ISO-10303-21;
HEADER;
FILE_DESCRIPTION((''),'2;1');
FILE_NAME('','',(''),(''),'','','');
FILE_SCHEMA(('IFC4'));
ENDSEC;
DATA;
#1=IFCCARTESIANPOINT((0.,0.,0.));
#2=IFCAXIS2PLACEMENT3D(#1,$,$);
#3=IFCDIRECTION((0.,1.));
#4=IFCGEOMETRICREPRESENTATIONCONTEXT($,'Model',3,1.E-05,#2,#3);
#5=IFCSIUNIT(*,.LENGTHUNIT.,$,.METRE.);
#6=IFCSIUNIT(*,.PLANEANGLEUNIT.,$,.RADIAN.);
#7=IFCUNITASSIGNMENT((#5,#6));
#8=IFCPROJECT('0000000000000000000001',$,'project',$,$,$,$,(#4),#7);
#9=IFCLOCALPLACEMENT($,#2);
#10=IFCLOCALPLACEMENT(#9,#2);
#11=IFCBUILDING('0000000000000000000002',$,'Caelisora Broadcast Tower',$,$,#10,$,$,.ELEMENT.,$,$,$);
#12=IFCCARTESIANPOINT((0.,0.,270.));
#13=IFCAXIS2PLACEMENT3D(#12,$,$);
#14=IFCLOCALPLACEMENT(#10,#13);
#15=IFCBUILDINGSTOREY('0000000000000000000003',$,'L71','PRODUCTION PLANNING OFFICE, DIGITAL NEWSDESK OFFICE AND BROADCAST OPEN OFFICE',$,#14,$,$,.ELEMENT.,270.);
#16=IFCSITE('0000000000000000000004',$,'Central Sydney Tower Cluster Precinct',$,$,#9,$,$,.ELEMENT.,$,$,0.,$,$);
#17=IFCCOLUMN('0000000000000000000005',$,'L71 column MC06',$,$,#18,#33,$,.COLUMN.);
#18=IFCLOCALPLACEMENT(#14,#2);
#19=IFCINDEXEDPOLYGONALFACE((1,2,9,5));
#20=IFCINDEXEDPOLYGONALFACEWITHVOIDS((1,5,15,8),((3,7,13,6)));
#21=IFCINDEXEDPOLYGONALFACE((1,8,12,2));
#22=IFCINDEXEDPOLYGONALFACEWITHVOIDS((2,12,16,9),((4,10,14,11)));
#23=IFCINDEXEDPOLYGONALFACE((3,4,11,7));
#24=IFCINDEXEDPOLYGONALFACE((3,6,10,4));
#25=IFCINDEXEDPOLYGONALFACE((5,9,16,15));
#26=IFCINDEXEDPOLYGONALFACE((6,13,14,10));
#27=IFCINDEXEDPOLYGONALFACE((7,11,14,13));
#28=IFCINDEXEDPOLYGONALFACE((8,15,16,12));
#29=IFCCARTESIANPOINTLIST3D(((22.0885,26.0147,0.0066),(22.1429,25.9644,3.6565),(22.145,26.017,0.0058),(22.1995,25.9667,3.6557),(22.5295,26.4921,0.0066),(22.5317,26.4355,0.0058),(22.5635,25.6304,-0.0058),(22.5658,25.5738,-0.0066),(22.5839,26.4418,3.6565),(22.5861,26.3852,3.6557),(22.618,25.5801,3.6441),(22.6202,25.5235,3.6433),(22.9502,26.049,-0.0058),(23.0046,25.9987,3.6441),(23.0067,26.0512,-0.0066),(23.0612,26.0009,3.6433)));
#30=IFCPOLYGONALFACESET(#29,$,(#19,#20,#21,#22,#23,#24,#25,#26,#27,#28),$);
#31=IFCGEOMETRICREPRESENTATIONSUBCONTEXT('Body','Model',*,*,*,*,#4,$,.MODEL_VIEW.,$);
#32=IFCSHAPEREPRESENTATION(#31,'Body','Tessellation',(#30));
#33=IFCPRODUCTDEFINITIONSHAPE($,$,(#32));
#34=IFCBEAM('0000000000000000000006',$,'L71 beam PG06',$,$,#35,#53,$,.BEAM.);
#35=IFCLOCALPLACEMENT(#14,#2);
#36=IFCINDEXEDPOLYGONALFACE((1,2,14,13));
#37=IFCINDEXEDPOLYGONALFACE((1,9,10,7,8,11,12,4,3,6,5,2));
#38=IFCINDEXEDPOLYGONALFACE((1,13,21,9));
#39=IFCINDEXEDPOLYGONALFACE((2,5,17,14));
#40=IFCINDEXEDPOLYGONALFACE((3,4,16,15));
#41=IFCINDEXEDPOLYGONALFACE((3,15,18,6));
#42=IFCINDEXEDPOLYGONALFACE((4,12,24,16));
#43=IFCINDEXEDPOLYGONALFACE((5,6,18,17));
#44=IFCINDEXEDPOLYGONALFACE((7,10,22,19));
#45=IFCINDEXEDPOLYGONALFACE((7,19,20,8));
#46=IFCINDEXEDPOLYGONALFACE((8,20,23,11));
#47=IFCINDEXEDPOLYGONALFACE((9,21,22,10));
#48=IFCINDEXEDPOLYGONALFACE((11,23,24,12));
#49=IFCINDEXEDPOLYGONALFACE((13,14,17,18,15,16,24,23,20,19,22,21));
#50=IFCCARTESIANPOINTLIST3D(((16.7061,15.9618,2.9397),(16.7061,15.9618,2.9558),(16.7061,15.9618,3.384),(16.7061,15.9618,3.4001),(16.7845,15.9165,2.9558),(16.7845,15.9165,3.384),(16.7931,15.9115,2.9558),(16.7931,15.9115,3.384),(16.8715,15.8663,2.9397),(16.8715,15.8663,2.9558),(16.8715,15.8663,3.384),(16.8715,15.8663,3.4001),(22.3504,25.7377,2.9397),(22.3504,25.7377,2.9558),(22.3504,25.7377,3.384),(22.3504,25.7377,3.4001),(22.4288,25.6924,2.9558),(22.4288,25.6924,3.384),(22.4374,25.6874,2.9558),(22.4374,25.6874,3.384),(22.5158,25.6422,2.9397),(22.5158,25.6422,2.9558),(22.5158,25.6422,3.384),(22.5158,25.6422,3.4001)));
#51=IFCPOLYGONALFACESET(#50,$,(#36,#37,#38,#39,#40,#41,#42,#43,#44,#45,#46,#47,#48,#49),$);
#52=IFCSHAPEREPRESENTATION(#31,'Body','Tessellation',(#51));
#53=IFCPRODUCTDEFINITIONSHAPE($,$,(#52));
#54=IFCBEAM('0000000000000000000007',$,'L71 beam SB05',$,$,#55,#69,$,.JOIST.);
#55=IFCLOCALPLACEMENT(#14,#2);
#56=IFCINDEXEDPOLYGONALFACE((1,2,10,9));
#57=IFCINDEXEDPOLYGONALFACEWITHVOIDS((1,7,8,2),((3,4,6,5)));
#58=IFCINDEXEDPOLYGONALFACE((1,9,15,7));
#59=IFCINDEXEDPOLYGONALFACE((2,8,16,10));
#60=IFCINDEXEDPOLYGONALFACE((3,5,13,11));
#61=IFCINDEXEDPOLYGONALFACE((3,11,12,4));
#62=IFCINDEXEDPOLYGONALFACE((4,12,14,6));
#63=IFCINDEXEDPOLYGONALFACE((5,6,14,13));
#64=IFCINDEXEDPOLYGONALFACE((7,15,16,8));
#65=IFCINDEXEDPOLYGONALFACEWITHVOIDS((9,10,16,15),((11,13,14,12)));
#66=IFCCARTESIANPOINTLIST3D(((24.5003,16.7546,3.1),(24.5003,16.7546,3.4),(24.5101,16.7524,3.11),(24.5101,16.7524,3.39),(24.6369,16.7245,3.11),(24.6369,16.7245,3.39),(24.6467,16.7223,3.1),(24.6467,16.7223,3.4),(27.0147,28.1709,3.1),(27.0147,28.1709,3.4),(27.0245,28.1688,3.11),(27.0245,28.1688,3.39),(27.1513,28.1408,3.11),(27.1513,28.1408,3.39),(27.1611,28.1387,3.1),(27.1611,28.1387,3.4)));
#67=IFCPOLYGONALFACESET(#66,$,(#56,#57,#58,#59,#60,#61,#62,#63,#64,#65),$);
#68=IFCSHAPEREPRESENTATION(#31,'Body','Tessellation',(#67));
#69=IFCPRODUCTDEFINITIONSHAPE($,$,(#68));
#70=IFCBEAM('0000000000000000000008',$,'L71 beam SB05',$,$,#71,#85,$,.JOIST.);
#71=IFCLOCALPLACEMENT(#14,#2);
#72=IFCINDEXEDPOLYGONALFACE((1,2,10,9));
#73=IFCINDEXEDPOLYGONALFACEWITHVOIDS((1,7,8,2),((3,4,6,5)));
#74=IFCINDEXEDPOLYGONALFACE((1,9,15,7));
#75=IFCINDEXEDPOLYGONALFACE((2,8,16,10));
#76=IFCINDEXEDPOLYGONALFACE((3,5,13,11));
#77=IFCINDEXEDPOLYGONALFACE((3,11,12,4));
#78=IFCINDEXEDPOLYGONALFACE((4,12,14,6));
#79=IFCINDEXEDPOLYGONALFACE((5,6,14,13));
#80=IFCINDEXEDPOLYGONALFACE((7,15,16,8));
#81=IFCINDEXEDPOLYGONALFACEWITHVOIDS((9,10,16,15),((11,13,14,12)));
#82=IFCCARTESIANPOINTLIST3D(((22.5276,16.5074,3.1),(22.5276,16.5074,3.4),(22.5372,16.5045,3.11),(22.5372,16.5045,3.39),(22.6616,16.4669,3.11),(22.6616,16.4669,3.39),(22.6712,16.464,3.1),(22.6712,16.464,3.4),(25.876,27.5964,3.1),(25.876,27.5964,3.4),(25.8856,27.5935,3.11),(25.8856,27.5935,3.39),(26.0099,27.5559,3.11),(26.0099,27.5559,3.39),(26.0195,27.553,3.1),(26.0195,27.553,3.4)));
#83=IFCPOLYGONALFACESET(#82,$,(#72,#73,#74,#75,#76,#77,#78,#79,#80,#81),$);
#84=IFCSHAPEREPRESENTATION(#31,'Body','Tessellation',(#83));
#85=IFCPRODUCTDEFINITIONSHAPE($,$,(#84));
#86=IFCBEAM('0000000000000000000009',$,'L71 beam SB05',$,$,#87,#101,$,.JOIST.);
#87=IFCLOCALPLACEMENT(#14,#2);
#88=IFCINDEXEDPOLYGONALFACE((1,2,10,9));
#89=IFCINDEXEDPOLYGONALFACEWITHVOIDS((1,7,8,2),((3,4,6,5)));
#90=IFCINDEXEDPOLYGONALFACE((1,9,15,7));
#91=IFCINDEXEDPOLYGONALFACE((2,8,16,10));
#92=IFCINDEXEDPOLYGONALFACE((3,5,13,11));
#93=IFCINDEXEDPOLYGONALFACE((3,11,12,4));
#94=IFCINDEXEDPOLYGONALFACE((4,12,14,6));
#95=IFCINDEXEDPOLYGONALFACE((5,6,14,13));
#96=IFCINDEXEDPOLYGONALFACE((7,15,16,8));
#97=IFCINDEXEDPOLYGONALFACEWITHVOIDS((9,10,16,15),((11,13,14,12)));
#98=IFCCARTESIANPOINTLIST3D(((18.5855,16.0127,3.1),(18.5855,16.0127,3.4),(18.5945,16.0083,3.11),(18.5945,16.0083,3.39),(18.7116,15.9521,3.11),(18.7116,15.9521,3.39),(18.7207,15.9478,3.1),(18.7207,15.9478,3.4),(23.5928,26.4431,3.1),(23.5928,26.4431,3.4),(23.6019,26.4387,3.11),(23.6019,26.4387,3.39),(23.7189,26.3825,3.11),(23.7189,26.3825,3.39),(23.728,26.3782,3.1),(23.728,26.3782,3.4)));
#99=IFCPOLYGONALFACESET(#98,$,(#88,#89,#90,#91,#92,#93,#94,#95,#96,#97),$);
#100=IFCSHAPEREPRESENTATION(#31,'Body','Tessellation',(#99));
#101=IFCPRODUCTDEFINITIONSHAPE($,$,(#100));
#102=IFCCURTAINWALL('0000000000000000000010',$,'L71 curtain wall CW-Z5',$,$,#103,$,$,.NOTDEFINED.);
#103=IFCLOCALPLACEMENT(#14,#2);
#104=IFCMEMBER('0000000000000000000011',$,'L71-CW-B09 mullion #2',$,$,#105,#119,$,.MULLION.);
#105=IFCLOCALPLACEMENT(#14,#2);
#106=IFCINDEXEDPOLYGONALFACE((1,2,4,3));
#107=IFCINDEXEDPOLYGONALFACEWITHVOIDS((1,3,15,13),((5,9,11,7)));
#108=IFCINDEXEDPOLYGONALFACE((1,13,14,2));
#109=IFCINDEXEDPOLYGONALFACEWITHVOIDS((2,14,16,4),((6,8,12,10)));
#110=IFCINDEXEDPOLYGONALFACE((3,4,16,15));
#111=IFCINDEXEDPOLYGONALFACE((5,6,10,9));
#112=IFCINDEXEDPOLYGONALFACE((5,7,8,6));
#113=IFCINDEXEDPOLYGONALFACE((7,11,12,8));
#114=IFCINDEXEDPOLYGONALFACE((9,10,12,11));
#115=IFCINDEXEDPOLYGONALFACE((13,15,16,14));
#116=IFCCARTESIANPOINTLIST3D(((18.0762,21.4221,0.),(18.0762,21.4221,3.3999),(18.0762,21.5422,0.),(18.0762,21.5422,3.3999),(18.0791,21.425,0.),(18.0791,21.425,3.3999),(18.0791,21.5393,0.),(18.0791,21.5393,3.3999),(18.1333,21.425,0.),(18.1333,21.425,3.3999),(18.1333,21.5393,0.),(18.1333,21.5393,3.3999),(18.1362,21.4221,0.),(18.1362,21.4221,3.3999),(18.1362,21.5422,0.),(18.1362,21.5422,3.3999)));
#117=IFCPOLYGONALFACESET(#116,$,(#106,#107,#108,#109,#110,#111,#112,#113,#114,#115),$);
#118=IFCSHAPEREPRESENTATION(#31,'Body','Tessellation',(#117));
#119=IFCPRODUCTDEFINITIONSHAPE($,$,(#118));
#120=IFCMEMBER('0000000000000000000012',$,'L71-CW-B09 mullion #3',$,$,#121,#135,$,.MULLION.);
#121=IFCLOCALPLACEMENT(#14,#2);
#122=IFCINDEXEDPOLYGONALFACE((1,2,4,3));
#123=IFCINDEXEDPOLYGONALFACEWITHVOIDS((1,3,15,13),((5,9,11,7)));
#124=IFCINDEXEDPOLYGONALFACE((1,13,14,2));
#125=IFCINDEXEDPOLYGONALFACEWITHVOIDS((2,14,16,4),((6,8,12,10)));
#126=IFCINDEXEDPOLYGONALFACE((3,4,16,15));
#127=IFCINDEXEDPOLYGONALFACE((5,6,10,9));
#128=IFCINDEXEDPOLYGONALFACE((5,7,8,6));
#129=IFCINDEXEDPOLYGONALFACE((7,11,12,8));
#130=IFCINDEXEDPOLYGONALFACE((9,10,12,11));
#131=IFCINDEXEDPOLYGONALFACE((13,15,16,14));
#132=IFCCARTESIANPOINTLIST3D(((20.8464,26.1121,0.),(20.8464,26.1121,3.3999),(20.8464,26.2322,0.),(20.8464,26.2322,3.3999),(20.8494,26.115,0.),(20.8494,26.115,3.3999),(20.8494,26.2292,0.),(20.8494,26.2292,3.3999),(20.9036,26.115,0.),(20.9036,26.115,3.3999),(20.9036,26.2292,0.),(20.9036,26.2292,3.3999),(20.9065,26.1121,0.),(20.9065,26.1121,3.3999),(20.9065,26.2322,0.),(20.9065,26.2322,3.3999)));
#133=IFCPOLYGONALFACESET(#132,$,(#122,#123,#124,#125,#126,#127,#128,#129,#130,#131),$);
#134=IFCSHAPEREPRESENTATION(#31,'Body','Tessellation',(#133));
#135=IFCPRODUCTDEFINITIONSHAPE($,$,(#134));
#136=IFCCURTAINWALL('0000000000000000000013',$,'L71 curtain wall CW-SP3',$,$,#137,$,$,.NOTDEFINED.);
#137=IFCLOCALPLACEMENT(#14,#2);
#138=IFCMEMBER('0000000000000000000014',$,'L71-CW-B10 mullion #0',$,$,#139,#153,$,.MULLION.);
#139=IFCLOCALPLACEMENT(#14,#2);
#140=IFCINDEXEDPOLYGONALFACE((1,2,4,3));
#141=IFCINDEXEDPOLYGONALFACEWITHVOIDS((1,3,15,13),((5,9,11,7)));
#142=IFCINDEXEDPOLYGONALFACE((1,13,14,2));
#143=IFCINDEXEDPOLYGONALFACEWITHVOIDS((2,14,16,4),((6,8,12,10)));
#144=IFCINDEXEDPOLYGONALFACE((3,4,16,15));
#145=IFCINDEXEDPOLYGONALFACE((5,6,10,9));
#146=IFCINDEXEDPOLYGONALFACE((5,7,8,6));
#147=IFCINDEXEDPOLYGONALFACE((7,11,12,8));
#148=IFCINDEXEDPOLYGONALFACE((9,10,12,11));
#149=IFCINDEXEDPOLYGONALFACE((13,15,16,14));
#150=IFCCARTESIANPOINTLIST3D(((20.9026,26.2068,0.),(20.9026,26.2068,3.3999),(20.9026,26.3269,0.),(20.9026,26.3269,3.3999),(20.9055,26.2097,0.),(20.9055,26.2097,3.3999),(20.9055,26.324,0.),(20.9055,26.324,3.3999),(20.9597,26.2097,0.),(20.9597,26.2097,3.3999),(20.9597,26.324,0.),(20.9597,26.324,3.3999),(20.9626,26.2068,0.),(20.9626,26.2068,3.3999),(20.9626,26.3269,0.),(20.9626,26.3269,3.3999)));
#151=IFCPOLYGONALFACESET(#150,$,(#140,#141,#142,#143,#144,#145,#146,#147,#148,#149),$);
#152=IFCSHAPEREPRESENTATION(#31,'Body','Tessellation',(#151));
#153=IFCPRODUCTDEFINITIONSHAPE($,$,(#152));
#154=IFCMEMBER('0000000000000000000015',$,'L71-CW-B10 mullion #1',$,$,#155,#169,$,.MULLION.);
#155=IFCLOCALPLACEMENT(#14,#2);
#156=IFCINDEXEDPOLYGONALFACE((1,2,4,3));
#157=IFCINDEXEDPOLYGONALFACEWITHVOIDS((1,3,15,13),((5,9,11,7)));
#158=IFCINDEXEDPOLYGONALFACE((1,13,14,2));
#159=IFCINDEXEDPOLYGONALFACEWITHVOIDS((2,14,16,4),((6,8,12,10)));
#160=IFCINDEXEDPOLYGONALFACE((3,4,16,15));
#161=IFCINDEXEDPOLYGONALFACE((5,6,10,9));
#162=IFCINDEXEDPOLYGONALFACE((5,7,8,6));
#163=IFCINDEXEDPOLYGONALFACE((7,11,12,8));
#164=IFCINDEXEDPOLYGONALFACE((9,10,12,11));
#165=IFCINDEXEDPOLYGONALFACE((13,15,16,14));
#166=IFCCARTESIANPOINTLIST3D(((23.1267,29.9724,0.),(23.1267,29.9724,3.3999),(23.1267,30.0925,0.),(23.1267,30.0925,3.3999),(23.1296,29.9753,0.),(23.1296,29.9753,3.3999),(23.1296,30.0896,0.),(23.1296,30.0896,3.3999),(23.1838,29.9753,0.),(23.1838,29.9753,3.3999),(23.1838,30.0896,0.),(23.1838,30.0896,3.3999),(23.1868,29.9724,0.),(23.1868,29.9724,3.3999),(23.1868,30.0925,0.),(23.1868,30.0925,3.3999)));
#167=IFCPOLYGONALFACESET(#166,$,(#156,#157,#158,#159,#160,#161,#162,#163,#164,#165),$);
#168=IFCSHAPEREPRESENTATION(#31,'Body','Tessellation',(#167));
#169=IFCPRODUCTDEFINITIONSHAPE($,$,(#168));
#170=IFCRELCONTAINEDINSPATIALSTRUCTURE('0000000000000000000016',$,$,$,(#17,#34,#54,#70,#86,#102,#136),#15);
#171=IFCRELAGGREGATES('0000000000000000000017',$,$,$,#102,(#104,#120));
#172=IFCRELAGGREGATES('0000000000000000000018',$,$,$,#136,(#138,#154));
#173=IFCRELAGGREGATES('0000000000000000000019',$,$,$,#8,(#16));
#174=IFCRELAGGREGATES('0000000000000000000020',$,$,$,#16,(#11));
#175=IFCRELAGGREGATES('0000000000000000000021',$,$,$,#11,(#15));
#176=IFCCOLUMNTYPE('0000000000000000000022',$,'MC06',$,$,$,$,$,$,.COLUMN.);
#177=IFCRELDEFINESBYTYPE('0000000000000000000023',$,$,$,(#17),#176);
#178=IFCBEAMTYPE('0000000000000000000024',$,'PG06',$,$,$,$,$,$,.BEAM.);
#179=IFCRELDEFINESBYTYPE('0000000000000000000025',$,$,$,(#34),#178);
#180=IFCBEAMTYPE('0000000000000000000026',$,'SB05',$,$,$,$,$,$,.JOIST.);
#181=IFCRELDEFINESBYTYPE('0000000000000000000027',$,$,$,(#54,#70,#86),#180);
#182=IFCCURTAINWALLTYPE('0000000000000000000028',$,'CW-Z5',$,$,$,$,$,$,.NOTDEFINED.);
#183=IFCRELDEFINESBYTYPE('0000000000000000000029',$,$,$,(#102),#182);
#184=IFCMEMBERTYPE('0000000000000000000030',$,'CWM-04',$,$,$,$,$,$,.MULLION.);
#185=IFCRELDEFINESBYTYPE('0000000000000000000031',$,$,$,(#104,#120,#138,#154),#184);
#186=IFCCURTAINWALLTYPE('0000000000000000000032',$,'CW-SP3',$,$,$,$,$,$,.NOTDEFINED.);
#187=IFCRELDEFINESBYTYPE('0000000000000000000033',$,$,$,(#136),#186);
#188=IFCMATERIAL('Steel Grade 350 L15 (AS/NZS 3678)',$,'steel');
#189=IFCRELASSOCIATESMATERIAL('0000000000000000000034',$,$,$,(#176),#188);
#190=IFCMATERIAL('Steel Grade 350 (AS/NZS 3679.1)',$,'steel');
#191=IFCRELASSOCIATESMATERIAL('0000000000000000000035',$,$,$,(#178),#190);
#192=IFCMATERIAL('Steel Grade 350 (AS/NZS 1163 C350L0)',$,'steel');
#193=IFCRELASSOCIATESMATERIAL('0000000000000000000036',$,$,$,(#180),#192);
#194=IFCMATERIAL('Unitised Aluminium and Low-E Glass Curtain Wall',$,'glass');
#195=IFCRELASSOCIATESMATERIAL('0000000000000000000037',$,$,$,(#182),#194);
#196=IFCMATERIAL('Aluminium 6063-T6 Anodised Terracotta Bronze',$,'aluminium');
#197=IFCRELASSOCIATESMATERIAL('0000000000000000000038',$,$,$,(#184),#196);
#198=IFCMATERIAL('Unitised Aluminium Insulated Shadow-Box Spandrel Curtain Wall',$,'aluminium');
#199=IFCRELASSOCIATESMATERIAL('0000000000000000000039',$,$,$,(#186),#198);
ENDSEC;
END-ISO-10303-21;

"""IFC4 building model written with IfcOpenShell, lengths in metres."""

from ifc_helpers import new_model, si_unit, direction, frame, origin, origin_2d, place, context, subcontext, project, spatial, hollow_rectangle, i_section, extrude, source, transform, mapped, material, material_profile, profile_set, type_object, type_shapes, element, aggregate, save


model = new_model("IFC4")

# Units and contexts
model_context = context("Model", 3, precision=1e-05, world=origin(), true_north=direction((0.0, 1.0)))
body_context = subcontext(model_context, "Body", "Model", "MODEL_VIEW")
ifc_project = project(units=[si_unit("LENGTHUNIT", "METRE"), si_unit("PLANEANGLEUNIT", "RADIAN")], contexts=[model_context])

# Site, building, storey
site_placement = place(None, origin())
site = spatial("IfcSite", under=ifc_project, at=site_placement, Name="Central Sydney Tower Cluster Precinct", CompositionType="ELEMENT", RefElevation=0.0)
building_placement = place(site_placement, origin())
building = spatial("IfcBuilding", under=site, at=building_placement, Name="Caelisora Broadcast Tower", CompositionType="ELEMENT")
storey_placement = place(building_placement, frame((0.0, 0.0, 270.0)))
storey = spatial("IfcBuildingStorey", under=building, at=storey_placement, Name="L71", Description="PRODUCTION PLANNING OFFICE, DIGITAL NEWSDESK OFFICE AND BROADCAST OPEN OFFICE", CompositionType="ELEMENT", Elevation=270.0)

# Column
ifc_material_1 = material(Name="Steel Grade 350 L15 (AS/NZS 3678)", Category="steel")
ifc_material_profile_1 = material_profile(ifc_material_1, hollow_rectangle(XDim=0.6499, YDim=0.6499, WallThickness=0.04, at=origin_2d()), Name="Steel Grade 350 L15 (AS/NZS 3678)")
ifc_profile_set_1 = profile_set([ifc_material_profile_1], Name="Steel Grade 350 L15 (AS/NZS 3678)")
column_type = type_object("IfcColumnType", Name="MC06", PredefinedType="COLUMN", material=ifc_profile_set_1)
shared_shape_1 = source(origin(), body_context, "Body", "SweptSolid", [
    extrude(hollow_rectangle(XDim=0.6499, YDim=0.6499, WallThickness=0.04, at=origin_2d()), origin(), (0.0, 0.0, 1.0), 3.6506),
])
type_shapes(column_type, [shared_shape_1])
column_placement = place(storey_placement, frame((22.5476, 26.033, 0.0), z_axis=(0.014913, -0.013776, 0.999794), x_axis=(0.678554, 0.734551, 0.0)))
element("IfcColumn", 1, at=column_placement, inside=storey, type_object=column_type, Name="L71 column MC06", PredefinedType="COLUMN", context=body_context, shape_type="MappedRepresentation", body=[
    mapped(shared_shape_1, transform((0.0, 0.0, 0.0), scale=1.0)),
])

# Beams
ifc_material_2 = material(Name="Steel Grade 350 (AS/NZS 3679.1)", Category="steel")
ifc_material_profile_2 = material_profile(ifc_material_2, i_section(OverallWidth=0.1909, OverallDepth=0.4604, WebThickness=0.01, FlangeThickness=0.0161, at=origin_2d()), Name="Steel Grade 350 (AS/NZS 3679.1)")
ifc_profile_set_2 = profile_set([ifc_material_profile_2], Name="Steel Grade 350 (AS/NZS 3679.1)")
beam_type_1 = type_object("IfcBeamType", Name="PG06", PredefinedType="BEAM", material=ifc_profile_set_2)
shared_shape_2 = source(origin(), body_context, "Body", "SweptSolid", [
    extrude(i_section(OverallWidth=0.1909, OverallDepth=0.4604, WebThickness=0.01, FlangeThickness=0.0161, at=origin_2d()), origin(), (0.0, 0.0, 1.0), 11.2883),
])
type_shapes(beam_type_1, [shared_shape_2])
beam_1_placement = place(storey_placement, frame((22.4331, 25.6899, 3.1699), z_axis=(-0.500012, -0.866018, 0.0), x_axis=(0.866018, -0.500012, 0.0)))
element("IfcBeam", 2, at=beam_1_placement, inside=storey, type_object=beam_type_1, Name="L71 beam PG06", PredefinedType="BEAM", context=body_context, shape_type="MappedRepresentation", body=[
    mapped(shared_shape_2, transform((0.0, 0.0, 0.0), scale=1.0)),
])
ifc_material_3 = material(Name="Steel Grade 350 (AS/NZS 1163 C350L0)", Category="steel")
ifc_material_profile_3 = material_profile(ifc_material_3, hollow_rectangle(XDim=0.1499, YDim=0.3, WallThickness=0.01, at=origin_2d()), Name="Steel Grade 350 (AS/NZS 1163 C350L0)")
ifc_profile_set_3 = profile_set([ifc_material_profile_3], Name="Steel Grade 350 (AS/NZS 1163 C350L0)")
beam_type_2 = type_object("IfcBeamType", Name="SB05", PredefinedType="JOIST", material=ifc_profile_set_3)
shared_shape_3 = source(origin(), body_context, "Body", "SweptSolid", [
    extrude(hollow_rectangle(XDim=0.1499, YDim=0.3, WallThickness=0.01, at=origin_2d()), origin(), (0.0, 0.0, 1.0), 11.6899),
])
beam_2_placement = place(storey_placement, frame((27.0879, 28.1548, 3.25), z_axis=(-0.215092, -0.976594, 0.0), x_axis=(0.976594, -0.215092, 0.0)))
element("IfcBeam", 3, at=beam_2_placement, inside=storey, type_object=beam_type_2, Name="L71 beam SB05", PredefinedType="JOIST", context=body_context, shape_type="MappedRepresentation", body=[
    mapped(shared_shape_3, transform((0.0, 0.0, 0.0), scale=1.0)),
])
shared_shape_4 = source(origin(), body_context, "Body", "SweptSolid", [
    extrude(hollow_rectangle(XDim=0.1499, YDim=0.3, WallThickness=0.01, at=origin_2d()), origin(), (0.0, 0.0, 1.0), 11.5835),
])
beam_3_placement = place(storey_placement, frame((25.9478, 27.5747, 3.25), z_axis=(-0.289063, -0.95731, 0.0), x_axis=(0.95731, -0.289063, 0.0)))
element("IfcBeam", 4, at=beam_3_placement, inside=storey, type_object=beam_type_2, Name="L71 beam SB05", PredefinedType="JOIST", context=body_context, shape_type="MappedRepresentation", body=[
    mapped(shared_shape_4, transform((0.0, 0.0, 0.0), scale=1.0)),
])
shared_shape_5 = source(origin(), body_context, "Body", "SweptSolid", [
    extrude(hollow_rectangle(XDim=0.1499, YDim=0.3, WallThickness=0.01, at=origin_2d()), origin(), (0.0, 0.0, 1.0), 11.5701),
])
type_shapes(beam_type_2, [shared_shape_3, shared_shape_4, shared_shape_5])
beam_4_placement = place(storey_placement, frame((23.6604, 26.4106, 3.25), z_axis=(-0.432782, -0.901499, 0.0), x_axis=(0.901499, -0.432782, 0.0)))
element("IfcBeam", 5, at=beam_4_placement, inside=storey, type_object=beam_type_2, Name="L71 beam SB05", PredefinedType="JOIST", context=body_context, shape_type="MappedRepresentation", body=[
    mapped(shared_shape_5, transform((0.0, 0.0, 0.0), scale=1.0)),
])

# Curtain walls, members
ifc_material_4 = material(Name="Unitised Aluminium and Low-E Glass Curtain Wall", Category="glass")
curtain_wall_type_1 = type_object("IfcCurtainWallType", Name="CW-Z5", PredefinedType="NOTDEFINED", material=ifc_material_4)
curtain_wall_1_placement = place(storey_placement, origin())
curtain_wall_1 = element("IfcCurtainWall", 6, at=curtain_wall_1_placement, inside=storey, type_object=curtain_wall_type_1, Name="L71 curtain wall CW-Z5", PredefinedType="NOTDEFINED")
ifc_material_5 = material(Name="Aluminium 6063-T6 Anodised Terracotta Bronze", Category="aluminium")
ifc_material_profile_4 = material_profile(ifc_material_5, hollow_rectangle(XDim=0.0601, YDim=0.1201, WallThickness=0.0029, at=origin_2d()), Name="Aluminium 6063-T6 Anodised Terracotta Bronze")
ifc_profile_set_4 = profile_set([ifc_material_profile_4], Name="Aluminium 6063-T6 Anodised Terracotta Bronze")
member_type_1 = type_object("IfcMemberType", Name="CWM-04", PredefinedType="MULLION", material=ifc_profile_set_4)
shared_shape_6 = source(origin(), body_context, "Body", "SweptSolid", [
    extrude(hollow_rectangle(XDim=0.0601, YDim=0.1201, WallThickness=0.0029, at=origin_2d()), origin(), (0.0, 0.0, 1.0), 3.3999),
])
type_shapes(member_type_1, [shared_shape_6])
member_1_placement = place(storey_placement, frame((18.1062, 21.4822, 0.0), z_axis=(0.0, 0.0, 1.0), x_axis=(1.0, 0.0, 0.0)))
member_1 = element("IfcMember", 7, at=member_1_placement, type_object=member_type_1, Name="L71-CW-B09 mullion #2", PredefinedType="MULLION", context=body_context, shape_type="MappedRepresentation", body=[
    mapped(shared_shape_6, transform((0.0, 0.0, 0.0), scale=1.0)),
])
member_2_placement = place(storey_placement, frame((20.8765, 26.1721, 0.0), z_axis=(0.0, 0.0, 1.0), x_axis=(1.0, 0.0, 0.0)))
member_2 = element("IfcMember", 8, at=member_2_placement, type_object=member_type_1, Name="L71-CW-B09 mullion #3", PredefinedType="MULLION", context=body_context, shape_type="MappedRepresentation", body=[
    mapped(shared_shape_6, transform((0.0, 0.0, 0.0), scale=1.0)),
])
ifc_material_6 = material(Name="Unitised Aluminium Insulated Shadow-Box Spandrel Curtain Wall", Category="aluminium")
curtain_wall_type_2 = type_object("IfcCurtainWallType", Name="CW-SP3", PredefinedType="NOTDEFINED", material=ifc_material_6)
curtain_wall_2_placement = place(storey_placement, origin())
curtain_wall_2 = element("IfcCurtainWall", 9, at=curtain_wall_2_placement, inside=storey, type_object=curtain_wall_type_2, Name="L71 curtain wall CW-SP3", PredefinedType="NOTDEFINED")
member_3_placement = place(storey_placement, frame((20.9326, 26.2668, 0.0), z_axis=(0.0, 0.0, 1.0), x_axis=(1.0, 0.0, 0.0)))
member_3 = element("IfcMember", 10, at=member_3_placement, type_object=member_type_1, Name="L71-CW-B10 mullion #0", PredefinedType="MULLION", context=body_context, shape_type="MappedRepresentation", body=[
    mapped(shared_shape_6, transform((0.0, 0.0, 0.0), scale=1.0)),
])
member_4_placement = place(storey_placement, frame((23.1567, 30.0325, 0.0), z_axis=(0.0, 0.0, 1.0), x_axis=(1.0, 0.0, 0.0)))
member_4 = element("IfcMember", 11, at=member_4_placement, type_object=member_type_1, Name="L71-CW-B10 mullion #1", PredefinedType="MULLION", context=body_context, shape_type="MappedRepresentation", body=[
    mapped(shared_shape_6, transform((0.0, 0.0, 0.0), scale=1.0)),
])

aggregate(curtain_wall_1, [member_1, member_2])
aggregate(curtain_wall_2, [member_3, member_4])

save(model, "model.ifc")
